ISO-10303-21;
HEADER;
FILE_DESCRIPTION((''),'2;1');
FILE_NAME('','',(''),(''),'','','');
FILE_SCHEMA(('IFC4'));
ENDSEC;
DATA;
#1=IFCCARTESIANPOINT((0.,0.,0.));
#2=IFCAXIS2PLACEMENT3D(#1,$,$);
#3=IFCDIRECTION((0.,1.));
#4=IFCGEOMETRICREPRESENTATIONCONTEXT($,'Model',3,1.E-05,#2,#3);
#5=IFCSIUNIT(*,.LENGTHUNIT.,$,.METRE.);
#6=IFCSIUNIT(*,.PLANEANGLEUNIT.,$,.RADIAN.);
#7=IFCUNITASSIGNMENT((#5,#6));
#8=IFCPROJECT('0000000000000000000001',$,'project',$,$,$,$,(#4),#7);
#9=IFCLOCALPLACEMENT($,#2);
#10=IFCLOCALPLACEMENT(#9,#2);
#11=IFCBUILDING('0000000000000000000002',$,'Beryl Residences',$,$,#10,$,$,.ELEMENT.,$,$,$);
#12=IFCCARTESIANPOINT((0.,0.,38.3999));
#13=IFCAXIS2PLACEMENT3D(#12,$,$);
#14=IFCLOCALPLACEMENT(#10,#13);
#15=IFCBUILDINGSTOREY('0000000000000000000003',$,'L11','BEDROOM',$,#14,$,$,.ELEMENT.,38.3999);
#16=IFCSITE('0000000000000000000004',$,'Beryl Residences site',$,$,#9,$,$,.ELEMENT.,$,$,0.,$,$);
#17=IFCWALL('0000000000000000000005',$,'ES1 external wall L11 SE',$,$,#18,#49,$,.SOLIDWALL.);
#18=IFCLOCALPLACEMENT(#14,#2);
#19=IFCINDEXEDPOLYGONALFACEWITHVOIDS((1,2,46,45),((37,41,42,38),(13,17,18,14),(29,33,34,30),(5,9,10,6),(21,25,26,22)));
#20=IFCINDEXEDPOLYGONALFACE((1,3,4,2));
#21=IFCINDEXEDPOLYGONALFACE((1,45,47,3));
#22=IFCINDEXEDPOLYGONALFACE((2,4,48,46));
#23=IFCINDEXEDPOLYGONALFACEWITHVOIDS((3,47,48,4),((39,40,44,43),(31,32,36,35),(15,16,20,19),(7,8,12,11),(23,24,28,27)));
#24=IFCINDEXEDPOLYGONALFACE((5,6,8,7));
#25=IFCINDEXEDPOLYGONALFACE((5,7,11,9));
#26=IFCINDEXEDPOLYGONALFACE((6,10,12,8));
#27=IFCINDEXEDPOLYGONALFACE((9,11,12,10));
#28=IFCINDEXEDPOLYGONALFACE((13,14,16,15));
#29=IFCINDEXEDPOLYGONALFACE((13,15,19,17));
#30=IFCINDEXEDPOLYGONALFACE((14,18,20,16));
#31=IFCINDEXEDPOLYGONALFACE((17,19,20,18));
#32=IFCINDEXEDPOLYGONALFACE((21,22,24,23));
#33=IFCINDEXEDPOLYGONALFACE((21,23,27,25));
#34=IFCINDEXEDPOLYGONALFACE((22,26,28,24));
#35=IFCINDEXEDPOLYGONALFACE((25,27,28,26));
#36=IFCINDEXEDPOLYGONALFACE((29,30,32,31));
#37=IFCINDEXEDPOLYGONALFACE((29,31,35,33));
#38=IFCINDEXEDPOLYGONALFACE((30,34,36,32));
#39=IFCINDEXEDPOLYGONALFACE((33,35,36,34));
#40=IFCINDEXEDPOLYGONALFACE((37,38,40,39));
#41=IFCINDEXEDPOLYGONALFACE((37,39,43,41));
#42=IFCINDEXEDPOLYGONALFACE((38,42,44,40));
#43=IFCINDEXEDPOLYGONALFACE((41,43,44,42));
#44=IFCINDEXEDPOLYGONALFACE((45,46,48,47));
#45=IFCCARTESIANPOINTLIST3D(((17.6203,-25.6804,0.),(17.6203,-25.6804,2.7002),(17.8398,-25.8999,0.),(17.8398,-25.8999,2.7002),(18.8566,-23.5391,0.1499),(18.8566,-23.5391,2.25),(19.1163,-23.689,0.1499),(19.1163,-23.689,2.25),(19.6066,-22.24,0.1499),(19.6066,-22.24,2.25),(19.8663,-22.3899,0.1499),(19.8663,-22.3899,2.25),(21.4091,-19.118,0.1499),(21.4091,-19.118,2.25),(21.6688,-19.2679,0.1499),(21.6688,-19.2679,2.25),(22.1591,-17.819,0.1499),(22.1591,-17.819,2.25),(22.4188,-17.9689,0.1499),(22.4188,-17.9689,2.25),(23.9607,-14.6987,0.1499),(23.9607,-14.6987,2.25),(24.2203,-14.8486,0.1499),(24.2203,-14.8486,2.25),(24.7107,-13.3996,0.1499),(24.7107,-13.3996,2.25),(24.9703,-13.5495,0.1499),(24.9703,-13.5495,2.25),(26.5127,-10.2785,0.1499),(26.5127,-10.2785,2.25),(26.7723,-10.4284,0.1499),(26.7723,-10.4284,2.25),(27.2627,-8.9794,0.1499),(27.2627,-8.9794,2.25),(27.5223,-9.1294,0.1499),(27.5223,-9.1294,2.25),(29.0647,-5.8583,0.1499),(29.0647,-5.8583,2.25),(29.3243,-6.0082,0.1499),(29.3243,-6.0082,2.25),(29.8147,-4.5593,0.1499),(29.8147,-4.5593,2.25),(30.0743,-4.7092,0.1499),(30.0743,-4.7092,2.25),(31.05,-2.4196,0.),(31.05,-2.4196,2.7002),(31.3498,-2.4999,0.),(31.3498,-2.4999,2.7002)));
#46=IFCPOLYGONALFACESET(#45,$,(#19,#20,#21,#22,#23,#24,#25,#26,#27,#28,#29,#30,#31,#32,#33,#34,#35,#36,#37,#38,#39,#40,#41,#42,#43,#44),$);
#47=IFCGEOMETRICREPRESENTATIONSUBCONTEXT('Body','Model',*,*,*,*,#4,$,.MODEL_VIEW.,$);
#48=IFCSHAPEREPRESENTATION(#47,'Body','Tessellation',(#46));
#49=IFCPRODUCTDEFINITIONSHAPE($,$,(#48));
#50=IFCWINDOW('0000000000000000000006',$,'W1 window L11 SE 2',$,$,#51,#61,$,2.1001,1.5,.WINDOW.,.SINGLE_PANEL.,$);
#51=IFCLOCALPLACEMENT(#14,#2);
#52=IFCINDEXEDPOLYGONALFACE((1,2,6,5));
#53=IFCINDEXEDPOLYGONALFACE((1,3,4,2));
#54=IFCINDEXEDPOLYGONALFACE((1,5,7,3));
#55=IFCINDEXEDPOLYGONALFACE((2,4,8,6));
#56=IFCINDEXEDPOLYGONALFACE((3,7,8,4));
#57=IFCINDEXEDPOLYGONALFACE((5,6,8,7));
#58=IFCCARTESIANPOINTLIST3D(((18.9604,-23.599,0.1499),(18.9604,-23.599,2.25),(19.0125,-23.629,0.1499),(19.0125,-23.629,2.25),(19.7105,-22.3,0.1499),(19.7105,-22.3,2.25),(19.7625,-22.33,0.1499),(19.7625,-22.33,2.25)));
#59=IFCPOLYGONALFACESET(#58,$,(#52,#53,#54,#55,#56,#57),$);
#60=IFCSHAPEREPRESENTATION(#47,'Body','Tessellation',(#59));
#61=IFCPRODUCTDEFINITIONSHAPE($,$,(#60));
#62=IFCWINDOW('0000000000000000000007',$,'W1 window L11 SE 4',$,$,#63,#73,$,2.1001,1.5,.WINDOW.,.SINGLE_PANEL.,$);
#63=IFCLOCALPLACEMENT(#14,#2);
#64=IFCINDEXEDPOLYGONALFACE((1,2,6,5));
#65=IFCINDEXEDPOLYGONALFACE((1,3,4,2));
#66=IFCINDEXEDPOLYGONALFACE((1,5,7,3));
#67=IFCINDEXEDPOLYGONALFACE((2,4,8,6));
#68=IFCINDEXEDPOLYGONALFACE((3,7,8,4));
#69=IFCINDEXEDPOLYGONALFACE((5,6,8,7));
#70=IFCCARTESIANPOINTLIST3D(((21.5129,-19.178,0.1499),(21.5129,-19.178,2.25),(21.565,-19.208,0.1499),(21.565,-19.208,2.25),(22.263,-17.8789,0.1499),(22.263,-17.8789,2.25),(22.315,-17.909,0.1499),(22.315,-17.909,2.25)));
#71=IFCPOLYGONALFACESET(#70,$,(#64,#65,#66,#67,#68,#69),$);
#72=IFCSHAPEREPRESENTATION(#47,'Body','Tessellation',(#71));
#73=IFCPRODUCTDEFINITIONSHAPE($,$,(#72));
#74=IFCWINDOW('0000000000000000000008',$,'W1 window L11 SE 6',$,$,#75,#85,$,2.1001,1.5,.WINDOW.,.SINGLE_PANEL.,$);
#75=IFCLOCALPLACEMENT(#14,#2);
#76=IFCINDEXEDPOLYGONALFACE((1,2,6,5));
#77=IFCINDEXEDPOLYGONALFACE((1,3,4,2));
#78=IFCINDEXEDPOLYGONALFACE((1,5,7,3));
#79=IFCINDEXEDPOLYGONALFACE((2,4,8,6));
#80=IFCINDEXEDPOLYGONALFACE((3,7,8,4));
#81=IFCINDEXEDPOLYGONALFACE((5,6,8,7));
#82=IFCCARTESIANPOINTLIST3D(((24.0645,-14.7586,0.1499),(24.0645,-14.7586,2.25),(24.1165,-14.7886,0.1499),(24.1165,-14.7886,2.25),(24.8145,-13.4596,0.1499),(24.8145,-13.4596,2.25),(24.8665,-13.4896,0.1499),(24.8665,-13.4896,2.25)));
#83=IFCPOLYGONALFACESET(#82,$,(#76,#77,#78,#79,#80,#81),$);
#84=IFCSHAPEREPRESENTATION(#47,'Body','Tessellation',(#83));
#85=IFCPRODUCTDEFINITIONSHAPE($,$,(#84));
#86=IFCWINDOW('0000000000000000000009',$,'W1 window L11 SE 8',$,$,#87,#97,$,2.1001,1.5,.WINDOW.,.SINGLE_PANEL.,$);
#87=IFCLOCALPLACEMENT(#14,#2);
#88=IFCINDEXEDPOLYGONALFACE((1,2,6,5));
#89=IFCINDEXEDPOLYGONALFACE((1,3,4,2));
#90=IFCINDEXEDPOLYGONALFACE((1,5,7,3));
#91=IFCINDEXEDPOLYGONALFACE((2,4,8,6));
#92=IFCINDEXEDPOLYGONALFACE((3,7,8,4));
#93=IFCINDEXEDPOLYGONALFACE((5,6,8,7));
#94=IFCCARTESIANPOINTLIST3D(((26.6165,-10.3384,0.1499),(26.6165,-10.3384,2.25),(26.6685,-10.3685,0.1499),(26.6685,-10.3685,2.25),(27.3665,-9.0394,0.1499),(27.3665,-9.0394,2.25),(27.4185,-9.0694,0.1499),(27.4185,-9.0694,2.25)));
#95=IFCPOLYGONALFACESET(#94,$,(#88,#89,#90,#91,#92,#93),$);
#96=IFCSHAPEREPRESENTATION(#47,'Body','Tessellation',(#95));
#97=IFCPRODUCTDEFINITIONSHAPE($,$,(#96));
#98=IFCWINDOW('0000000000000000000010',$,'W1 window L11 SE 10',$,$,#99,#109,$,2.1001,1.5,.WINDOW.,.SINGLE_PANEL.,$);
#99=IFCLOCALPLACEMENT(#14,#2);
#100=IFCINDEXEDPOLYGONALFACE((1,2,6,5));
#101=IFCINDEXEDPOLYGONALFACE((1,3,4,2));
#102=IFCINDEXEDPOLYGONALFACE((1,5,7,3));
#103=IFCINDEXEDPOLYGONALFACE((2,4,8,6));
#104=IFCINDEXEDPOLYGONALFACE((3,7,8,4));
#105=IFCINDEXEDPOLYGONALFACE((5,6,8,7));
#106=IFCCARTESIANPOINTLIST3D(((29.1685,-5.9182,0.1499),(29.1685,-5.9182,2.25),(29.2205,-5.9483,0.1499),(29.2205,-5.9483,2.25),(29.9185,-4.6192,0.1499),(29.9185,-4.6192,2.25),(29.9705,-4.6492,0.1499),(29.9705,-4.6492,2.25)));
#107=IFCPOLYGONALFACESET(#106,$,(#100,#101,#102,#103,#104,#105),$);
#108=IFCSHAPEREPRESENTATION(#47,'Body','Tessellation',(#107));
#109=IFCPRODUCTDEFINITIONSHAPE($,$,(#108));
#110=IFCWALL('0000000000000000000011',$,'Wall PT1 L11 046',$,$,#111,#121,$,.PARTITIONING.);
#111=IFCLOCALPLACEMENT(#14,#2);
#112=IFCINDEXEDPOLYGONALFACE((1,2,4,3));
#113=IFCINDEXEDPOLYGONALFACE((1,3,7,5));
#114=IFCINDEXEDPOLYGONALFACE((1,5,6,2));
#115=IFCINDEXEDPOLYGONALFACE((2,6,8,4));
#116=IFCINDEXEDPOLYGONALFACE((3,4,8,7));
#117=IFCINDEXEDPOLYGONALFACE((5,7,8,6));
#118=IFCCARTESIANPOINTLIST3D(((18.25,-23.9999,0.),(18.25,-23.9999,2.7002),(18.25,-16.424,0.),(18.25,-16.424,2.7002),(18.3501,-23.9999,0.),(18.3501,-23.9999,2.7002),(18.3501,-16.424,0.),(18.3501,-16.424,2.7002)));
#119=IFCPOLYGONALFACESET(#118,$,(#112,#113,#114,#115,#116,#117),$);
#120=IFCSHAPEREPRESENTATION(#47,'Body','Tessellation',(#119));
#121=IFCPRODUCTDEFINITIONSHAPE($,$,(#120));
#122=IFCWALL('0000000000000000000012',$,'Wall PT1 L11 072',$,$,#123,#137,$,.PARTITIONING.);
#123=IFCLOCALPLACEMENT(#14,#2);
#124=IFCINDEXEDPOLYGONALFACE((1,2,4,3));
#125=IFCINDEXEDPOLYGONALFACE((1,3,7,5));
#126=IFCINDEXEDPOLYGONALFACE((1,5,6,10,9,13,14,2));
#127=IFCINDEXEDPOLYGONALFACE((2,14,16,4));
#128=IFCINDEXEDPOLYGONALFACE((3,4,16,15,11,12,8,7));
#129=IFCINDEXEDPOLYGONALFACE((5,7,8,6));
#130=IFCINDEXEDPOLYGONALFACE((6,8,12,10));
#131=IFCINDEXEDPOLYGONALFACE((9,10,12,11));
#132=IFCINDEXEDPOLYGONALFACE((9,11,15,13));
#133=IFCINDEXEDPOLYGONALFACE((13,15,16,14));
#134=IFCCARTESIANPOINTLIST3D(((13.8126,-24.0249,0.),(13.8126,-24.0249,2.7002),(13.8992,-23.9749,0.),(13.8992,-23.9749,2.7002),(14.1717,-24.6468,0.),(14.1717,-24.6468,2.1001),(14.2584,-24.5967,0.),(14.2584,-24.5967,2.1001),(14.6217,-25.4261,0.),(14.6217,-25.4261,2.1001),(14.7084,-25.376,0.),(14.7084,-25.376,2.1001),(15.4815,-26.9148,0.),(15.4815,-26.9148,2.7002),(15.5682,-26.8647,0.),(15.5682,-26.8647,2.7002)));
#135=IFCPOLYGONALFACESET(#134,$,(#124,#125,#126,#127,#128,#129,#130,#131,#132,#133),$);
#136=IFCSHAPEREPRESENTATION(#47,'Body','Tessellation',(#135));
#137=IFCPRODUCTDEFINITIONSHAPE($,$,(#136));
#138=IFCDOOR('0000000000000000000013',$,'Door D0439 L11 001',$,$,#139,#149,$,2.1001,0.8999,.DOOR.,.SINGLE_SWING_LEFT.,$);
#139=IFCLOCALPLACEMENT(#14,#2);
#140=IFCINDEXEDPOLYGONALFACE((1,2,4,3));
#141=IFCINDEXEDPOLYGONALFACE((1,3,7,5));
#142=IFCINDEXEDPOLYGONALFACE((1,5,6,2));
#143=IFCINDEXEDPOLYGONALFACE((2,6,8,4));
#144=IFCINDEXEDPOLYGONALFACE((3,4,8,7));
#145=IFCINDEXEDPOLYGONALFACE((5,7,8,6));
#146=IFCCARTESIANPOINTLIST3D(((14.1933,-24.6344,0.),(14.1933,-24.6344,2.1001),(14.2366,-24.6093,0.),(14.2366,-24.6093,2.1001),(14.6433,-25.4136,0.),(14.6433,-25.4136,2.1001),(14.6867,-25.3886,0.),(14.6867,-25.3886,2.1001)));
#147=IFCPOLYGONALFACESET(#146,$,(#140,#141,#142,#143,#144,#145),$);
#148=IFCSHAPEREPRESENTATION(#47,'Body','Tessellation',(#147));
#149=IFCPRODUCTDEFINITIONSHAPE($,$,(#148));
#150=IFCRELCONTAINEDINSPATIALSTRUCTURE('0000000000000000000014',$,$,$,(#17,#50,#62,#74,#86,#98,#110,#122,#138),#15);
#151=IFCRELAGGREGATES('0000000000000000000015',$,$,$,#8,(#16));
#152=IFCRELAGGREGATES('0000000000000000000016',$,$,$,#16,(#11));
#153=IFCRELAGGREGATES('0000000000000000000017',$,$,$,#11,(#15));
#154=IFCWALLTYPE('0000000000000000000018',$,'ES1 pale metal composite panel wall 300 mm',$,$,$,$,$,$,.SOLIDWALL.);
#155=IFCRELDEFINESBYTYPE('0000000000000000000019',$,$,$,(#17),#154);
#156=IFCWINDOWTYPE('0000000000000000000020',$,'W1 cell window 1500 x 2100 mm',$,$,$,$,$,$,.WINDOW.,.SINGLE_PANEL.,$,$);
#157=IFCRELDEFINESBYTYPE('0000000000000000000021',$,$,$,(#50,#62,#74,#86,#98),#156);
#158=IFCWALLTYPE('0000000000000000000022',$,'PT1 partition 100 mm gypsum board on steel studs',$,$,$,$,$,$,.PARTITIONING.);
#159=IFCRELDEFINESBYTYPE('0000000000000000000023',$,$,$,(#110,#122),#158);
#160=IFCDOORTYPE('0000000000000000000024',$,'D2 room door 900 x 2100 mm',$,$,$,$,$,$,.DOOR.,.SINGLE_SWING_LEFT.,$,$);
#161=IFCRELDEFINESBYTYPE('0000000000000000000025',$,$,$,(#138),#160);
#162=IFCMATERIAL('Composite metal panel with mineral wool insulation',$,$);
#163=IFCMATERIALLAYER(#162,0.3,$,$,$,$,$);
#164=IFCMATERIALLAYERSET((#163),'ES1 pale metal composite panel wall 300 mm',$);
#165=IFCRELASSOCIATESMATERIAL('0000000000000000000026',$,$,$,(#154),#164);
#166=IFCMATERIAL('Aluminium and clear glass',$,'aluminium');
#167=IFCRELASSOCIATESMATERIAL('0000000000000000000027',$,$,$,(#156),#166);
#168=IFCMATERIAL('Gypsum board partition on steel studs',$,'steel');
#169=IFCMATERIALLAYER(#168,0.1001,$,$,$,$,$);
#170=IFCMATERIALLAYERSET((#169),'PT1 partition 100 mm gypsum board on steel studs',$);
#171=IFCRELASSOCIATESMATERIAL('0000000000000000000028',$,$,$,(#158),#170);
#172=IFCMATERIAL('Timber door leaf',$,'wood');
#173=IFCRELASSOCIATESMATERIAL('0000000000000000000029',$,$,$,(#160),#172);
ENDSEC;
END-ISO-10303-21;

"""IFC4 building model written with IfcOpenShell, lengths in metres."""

from ifc_helpers import new_model, si_unit, direction, frame, frame_2d, origin, place, context, subcontext, project, spatial, polyline, rectangle, outline, extrude, material, layer, layer_set, type_object, element, fill, save


model = new_model("IFC4")

# Units and contexts
model_context = context("Model", 3, precision=1e-05, world=origin(), true_north=direction((0.0, 1.0)))
body_context = subcontext(model_context, "Body", "Model", "MODEL_VIEW")
ifc_project = project(units=[si_unit("LENGTHUNIT", "METRE"), si_unit("PLANEANGLEUNIT", "RADIAN")], contexts=[model_context])

# Site, building, storey
site_placement = place(None, origin())
site = spatial("IfcSite", under=ifc_project, at=site_placement, Name="Beryl Residences site", CompositionType="ELEMENT", RefElevation=0.0)
building_placement = place(site_placement, origin())
building = spatial("IfcBuilding", under=site, at=building_placement, Name="Beryl Residences", CompositionType="ELEMENT")
storey_placement = place(building_placement, frame((0.0, 0.0, 38.3999)))
storey = spatial("IfcBuildingStorey", under=building, at=storey_placement, Name="L11", Description="BEDROOM", CompositionType="ELEMENT", Elevation=38.3999)

# Shared definitions
ifc_material_1 = material(Name="Composite metal panel with mineral wool insulation")
ifc_layer_1 = layer(ifc_material_1, 0.3)
ifc_layer_set_1 = layer_set([ifc_layer_1], Name="ES1 pale metal composite panel wall 300 mm")
wall_type_1 = type_object("IfcWallType", Name="ES1 pale metal composite panel wall 300 mm", PredefinedType="SOLIDWALL", material=ifc_layer_set_1)

# Wall, openings, windows
wall_1_placement = place(storey_placement, frame((17.71, -25.825, 0.0), z_axis=(0.0, 0.0, 1.0), x_axis=(0.500002, 0.866024, 0.0)))
wall_1 = element("IfcWall", 1, at=wall_1_placement, inside=storey, type_object=wall_type_1, Name="ES1 external wall L11 SE", PredefinedType="SOLIDWALL", context=body_context, shape_type="SweptSolid", body=[
    extrude(outline(polyline([(0.0, -0.1499), (27.02, -0.1499), (26.9397, 0.1499), (0.0803, 0.1499), (0.0, -0.1499)])), origin(), (0.0, 0.0, 1.0), 2.7002),
])
opening_1_placement = place(wall_1_placement, frame((2.553, 0.0, 0.1499)))
opening_1 = element("IfcOpeningElement", 2, at=opening_1_placement, cuts=wall_1, PredefinedType="OPENING", context=body_context, shape_type="SweptSolid", body=[
    extrude(rectangle(XDim=1.5, YDim=2.1001, at=frame_2d((0.75, 1.05))), frame((0.0, 0.1599, 0.0), z_axis=(0.0, -1.0, 0.0), x_axis=(1.0, 0.0, 0.0)), (0.0, 0.0, 1.0), 0.3201),
])
opening_2_placement = place(wall_1_placement, frame((7.658, 0.0, 0.1499)))
opening_2 = element("IfcOpeningElement", 3, at=opening_2_placement, cuts=wall_1, PredefinedType="OPENING", context=body_context, shape_type="SweptSolid", body=[
    extrude(rectangle(XDim=1.5, YDim=2.1001, at=frame_2d((0.75, 1.05))), frame((0.0, 0.1599, 0.0), z_axis=(0.0, -1.0, 0.0), x_axis=(1.0, 0.0, 0.0)), (0.0, 0.0, 1.0), 0.3201),
])
opening_3_placement = place(wall_1_placement, frame((12.761, 0.0, 0.1499)))
opening_3 = element("IfcOpeningElement", 4, at=opening_3_placement, cuts=wall_1, PredefinedType="OPENING", context=body_context, shape_type="SweptSolid", body=[
    extrude(rectangle(XDim=1.5, YDim=2.1001, at=frame_2d((0.75, 1.05))), frame((0.0, 0.1599, 0.0), z_axis=(0.0, -1.0, 0.0), x_axis=(1.0, 0.0, 0.0)), (0.0, 0.0, 1.0), 0.3201),
])
opening_4_placement = place(wall_1_placement, frame((17.865, 0.0, 0.1499)))
opening_4 = element("IfcOpeningElement", 5, at=opening_4_placement, cuts=wall_1, PredefinedType="OPENING", context=body_context, shape_type="SweptSolid", body=[
    extrude(rectangle(XDim=1.5, YDim=2.1001, at=frame_2d((0.75, 1.05))), frame((0.0, 0.1599, 0.0), z_axis=(0.0, -1.0, 0.0), x_axis=(1.0, 0.0, 0.0)), (0.0, 0.0, 1.0), 0.3201),
])
opening_5_placement = place(wall_1_placement, frame((22.969, 0.0, 0.1499)))
opening_5 = element("IfcOpeningElement", 6, at=opening_5_placement, cuts=wall_1, PredefinedType="OPENING", context=body_context, shape_type="SweptSolid", body=[
    extrude(rectangle(XDim=1.5, YDim=2.1001, at=frame_2d((0.75, 1.05))), frame((0.0, 0.1599, 0.0), z_axis=(0.0, -1.0, 0.0), x_axis=(1.0, 0.0, 0.0)), (0.0, 0.0, 1.0), 0.3201),
])
ifc_material_2 = material(Name="Aluminium and clear glass", Category="aluminium")
window_type_1 = type_object("IfcWindowType", Name="W1 cell window 1500 x 2100 mm", PartitioningType="SINGLE_PANEL", PredefinedType="WINDOW", material=ifc_material_2)
window_1_placement = place(opening_1_placement, origin())
window_1 = element("IfcWindow", 7, at=window_1_placement, inside=storey, type_object=window_type_1, Name="W1 window L11 SE 2", OverallHeight=2.1001, OverallWidth=1.5, PartitioningType="SINGLE_PANEL", PredefinedType="WINDOW", context=body_context, shape_type="SweptSolid", body=[
    extrude(rectangle(XDim=1.5, YDim=2.1001, at=frame_2d((0.75, 1.05))), frame((0.0, 0.03, 0.0), z_axis=(0.0, -1.0, 0.0), x_axis=(1.0, 0.0, 0.0)), (0.0, 0.0, 1.0), 0.0601),
])
fill(opening_1, window_1)
window_2_placement = place(opening_2_placement, origin())
window_2 = element("IfcWindow", 8, at=window_2_placement, inside=storey, type_object=window_type_1, Name="W1 window L11 SE 4", OverallHeight=2.1001, OverallWidth=1.5, PartitioningType="SINGLE_PANEL", PredefinedType="WINDOW", context=body_context, shape_type="SweptSolid", body=[
    extrude(rectangle(XDim=1.5, YDim=2.1001, at=frame_2d((0.75, 1.05))), frame((0.0, 0.03, 0.0), z_axis=(0.0, -1.0, 0.0), x_axis=(1.0, 0.0, 0.0)), (0.0, 0.0, 1.0), 0.0601),
])
fill(opening_2, window_2)
window_3_placement = place(opening_3_placement, origin())
window_3 = element("IfcWindow", 9, at=window_3_placement, inside=storey, type_object=window_type_1, Name="W1 window L11 SE 6", OverallHeight=2.1001, OverallWidth=1.5, PartitioningType="SINGLE_PANEL", PredefinedType="WINDOW", context=body_context, shape_type="SweptSolid", body=[
    extrude(rectangle(XDim=1.5, YDim=2.1001, at=frame_2d((0.75, 1.05))), frame((0.0, 0.03, 0.0), z_axis=(0.0, -1.0, 0.0), x_axis=(1.0, 0.0, 0.0)), (0.0, 0.0, 1.0), 0.0601),
])
fill(opening_3, window_3)
window_4_placement = place(opening_4_placement, origin())
window_4 = element("IfcWindow", 10, at=window_4_placement, inside=storey, type_object=window_type_1, Name="W1 window L11 SE 8", OverallHeight=2.1001, OverallWidth=1.5, PartitioningType="SINGLE_PANEL", PredefinedType="WINDOW", context=body_context, shape_type="SweptSolid", body=[
    extrude(rectangle(XDim=1.5, YDim=2.1001, at=frame_2d((0.75, 1.05))), frame((0.0, 0.03, 0.0), z_axis=(0.0, -1.0, 0.0), x_axis=(1.0, 0.0, 0.0)), (0.0, 0.0, 1.0), 0.0601),
])
fill(opening_4, window_4)
window_5_placement = place(opening_5_placement, origin())
window_5 = element("IfcWindow", 11, at=window_5_placement, inside=storey, type_object=window_type_1, Name="W1 window L11 SE 10", OverallHeight=2.1001, OverallWidth=1.5, PartitioningType="SINGLE_PANEL", PredefinedType="WINDOW", context=body_context, shape_type="SweptSolid", body=[
    extrude(rectangle(XDim=1.5, YDim=2.1001, at=frame_2d((0.75, 1.05))), frame((0.0, 0.03, 0.0), z_axis=(0.0, -1.0, 0.0), x_axis=(1.0, 0.0, 0.0)), (0.0, 0.0, 1.0), 0.0601),
])
fill(opening_5, window_5)

# Wall
ifc_material_3 = material(Name="Gypsum board partition on steel studs", Category="steel")
ifc_layer_2 = layer(ifc_material_3, 0.1001)
ifc_layer_set_2 = layer_set([ifc_layer_2], Name="PT1 partition 100 mm gypsum board on steel studs")
wall_type_2 = type_object("IfcWallType", Name="PT1 partition 100 mm gypsum board on steel studs", PredefinedType="PARTITIONING", material=ifc_layer_set_2)
wall_2_placement = place(storey_placement, frame((18.3, -24.0, 0.0), z_axis=(0.0, 0.0, 1.0), x_axis=(0.0, 1.0, 0.0)))
element("IfcWall", 12, at=wall_2_placement, inside=storey, type_object=wall_type_2, Name="Wall PT1 L11 046", PredefinedType="PARTITIONING", context=body_context, shape_type="SweptSolid", body=[
    extrude(rectangle(XDim=7.5759, YDim=0.1001, at=frame_2d((3.7881, 0.0))), origin(), (0.0, 0.0, 1.0), 2.7002),
])

# Wall, opening, door
wall_3_placement = place(storey_placement, frame((13.856, -24.0, 0.0), z_axis=(0.0, 0.0, 1.0), x_axis=(0.500105, -0.865965, 0.0)))
wall_3 = element("IfcWall", 13, at=wall_3_placement, inside=storey, type_object=wall_type_2, Name="Wall PT1 L11 072", PredefinedType="PARTITIONING", context=body_context, shape_type="SweptSolid", body=[
    extrude(rectangle(XDim=3.3372, YDim=0.1001, at=frame_2d((1.6685, 0.0))), origin(), (0.0, 0.0, 1.0), 2.7002),
])
opening_6_placement = place(wall_3_placement, frame((0.718, 0.0, 0.0)))
opening_6 = element("IfcOpeningElement", 14, at=opening_6_placement, cuts=wall_3, PredefinedType="OPENING", context=body_context, shape_type="SweptSolid", body=[
    extrude(rectangle(XDim=0.8999, YDim=2.1001, at=frame_2d((0.45, 1.05))), frame((0.0, 0.0601, 0.0), z_axis=(0.0, -1.0, 0.0), x_axis=(1.0, 0.0, 0.0)), (0.0, 0.0, 1.0), 0.1201),
])
ifc_material_4 = material(Name="Timber door leaf", Category="wood")
door_type_1 = type_object("IfcDoorType", Name="D2 room door 900 x 2100 mm", OperationType="SINGLE_SWING_LEFT", PredefinedType="DOOR", material=ifc_material_4)
door_1_placement = place(opening_6_placement, origin())
door_1 = element("IfcDoor", 15, at=door_1_placement, inside=storey, type_object=door_type_1, Name="Door D0439 L11 001", OperationType="SINGLE_SWING_LEFT", OverallHeight=2.1001, OverallWidth=0.8999, PredefinedType="DOOR", context=body_context, shape_type="SweptSolid", body=[
    extrude(rectangle(XDim=0.8999, YDim=2.1001, at=frame_2d((0.45, 1.05))), frame((0.0, 0.0249, 0.0), z_axis=(0.0, -1.0, 0.0), x_axis=(1.0, 0.0, 0.0)), (0.0, 0.0, 1.0), 0.05),
])
fill(opening_6, door_1)

save(model, "model.ifc")
